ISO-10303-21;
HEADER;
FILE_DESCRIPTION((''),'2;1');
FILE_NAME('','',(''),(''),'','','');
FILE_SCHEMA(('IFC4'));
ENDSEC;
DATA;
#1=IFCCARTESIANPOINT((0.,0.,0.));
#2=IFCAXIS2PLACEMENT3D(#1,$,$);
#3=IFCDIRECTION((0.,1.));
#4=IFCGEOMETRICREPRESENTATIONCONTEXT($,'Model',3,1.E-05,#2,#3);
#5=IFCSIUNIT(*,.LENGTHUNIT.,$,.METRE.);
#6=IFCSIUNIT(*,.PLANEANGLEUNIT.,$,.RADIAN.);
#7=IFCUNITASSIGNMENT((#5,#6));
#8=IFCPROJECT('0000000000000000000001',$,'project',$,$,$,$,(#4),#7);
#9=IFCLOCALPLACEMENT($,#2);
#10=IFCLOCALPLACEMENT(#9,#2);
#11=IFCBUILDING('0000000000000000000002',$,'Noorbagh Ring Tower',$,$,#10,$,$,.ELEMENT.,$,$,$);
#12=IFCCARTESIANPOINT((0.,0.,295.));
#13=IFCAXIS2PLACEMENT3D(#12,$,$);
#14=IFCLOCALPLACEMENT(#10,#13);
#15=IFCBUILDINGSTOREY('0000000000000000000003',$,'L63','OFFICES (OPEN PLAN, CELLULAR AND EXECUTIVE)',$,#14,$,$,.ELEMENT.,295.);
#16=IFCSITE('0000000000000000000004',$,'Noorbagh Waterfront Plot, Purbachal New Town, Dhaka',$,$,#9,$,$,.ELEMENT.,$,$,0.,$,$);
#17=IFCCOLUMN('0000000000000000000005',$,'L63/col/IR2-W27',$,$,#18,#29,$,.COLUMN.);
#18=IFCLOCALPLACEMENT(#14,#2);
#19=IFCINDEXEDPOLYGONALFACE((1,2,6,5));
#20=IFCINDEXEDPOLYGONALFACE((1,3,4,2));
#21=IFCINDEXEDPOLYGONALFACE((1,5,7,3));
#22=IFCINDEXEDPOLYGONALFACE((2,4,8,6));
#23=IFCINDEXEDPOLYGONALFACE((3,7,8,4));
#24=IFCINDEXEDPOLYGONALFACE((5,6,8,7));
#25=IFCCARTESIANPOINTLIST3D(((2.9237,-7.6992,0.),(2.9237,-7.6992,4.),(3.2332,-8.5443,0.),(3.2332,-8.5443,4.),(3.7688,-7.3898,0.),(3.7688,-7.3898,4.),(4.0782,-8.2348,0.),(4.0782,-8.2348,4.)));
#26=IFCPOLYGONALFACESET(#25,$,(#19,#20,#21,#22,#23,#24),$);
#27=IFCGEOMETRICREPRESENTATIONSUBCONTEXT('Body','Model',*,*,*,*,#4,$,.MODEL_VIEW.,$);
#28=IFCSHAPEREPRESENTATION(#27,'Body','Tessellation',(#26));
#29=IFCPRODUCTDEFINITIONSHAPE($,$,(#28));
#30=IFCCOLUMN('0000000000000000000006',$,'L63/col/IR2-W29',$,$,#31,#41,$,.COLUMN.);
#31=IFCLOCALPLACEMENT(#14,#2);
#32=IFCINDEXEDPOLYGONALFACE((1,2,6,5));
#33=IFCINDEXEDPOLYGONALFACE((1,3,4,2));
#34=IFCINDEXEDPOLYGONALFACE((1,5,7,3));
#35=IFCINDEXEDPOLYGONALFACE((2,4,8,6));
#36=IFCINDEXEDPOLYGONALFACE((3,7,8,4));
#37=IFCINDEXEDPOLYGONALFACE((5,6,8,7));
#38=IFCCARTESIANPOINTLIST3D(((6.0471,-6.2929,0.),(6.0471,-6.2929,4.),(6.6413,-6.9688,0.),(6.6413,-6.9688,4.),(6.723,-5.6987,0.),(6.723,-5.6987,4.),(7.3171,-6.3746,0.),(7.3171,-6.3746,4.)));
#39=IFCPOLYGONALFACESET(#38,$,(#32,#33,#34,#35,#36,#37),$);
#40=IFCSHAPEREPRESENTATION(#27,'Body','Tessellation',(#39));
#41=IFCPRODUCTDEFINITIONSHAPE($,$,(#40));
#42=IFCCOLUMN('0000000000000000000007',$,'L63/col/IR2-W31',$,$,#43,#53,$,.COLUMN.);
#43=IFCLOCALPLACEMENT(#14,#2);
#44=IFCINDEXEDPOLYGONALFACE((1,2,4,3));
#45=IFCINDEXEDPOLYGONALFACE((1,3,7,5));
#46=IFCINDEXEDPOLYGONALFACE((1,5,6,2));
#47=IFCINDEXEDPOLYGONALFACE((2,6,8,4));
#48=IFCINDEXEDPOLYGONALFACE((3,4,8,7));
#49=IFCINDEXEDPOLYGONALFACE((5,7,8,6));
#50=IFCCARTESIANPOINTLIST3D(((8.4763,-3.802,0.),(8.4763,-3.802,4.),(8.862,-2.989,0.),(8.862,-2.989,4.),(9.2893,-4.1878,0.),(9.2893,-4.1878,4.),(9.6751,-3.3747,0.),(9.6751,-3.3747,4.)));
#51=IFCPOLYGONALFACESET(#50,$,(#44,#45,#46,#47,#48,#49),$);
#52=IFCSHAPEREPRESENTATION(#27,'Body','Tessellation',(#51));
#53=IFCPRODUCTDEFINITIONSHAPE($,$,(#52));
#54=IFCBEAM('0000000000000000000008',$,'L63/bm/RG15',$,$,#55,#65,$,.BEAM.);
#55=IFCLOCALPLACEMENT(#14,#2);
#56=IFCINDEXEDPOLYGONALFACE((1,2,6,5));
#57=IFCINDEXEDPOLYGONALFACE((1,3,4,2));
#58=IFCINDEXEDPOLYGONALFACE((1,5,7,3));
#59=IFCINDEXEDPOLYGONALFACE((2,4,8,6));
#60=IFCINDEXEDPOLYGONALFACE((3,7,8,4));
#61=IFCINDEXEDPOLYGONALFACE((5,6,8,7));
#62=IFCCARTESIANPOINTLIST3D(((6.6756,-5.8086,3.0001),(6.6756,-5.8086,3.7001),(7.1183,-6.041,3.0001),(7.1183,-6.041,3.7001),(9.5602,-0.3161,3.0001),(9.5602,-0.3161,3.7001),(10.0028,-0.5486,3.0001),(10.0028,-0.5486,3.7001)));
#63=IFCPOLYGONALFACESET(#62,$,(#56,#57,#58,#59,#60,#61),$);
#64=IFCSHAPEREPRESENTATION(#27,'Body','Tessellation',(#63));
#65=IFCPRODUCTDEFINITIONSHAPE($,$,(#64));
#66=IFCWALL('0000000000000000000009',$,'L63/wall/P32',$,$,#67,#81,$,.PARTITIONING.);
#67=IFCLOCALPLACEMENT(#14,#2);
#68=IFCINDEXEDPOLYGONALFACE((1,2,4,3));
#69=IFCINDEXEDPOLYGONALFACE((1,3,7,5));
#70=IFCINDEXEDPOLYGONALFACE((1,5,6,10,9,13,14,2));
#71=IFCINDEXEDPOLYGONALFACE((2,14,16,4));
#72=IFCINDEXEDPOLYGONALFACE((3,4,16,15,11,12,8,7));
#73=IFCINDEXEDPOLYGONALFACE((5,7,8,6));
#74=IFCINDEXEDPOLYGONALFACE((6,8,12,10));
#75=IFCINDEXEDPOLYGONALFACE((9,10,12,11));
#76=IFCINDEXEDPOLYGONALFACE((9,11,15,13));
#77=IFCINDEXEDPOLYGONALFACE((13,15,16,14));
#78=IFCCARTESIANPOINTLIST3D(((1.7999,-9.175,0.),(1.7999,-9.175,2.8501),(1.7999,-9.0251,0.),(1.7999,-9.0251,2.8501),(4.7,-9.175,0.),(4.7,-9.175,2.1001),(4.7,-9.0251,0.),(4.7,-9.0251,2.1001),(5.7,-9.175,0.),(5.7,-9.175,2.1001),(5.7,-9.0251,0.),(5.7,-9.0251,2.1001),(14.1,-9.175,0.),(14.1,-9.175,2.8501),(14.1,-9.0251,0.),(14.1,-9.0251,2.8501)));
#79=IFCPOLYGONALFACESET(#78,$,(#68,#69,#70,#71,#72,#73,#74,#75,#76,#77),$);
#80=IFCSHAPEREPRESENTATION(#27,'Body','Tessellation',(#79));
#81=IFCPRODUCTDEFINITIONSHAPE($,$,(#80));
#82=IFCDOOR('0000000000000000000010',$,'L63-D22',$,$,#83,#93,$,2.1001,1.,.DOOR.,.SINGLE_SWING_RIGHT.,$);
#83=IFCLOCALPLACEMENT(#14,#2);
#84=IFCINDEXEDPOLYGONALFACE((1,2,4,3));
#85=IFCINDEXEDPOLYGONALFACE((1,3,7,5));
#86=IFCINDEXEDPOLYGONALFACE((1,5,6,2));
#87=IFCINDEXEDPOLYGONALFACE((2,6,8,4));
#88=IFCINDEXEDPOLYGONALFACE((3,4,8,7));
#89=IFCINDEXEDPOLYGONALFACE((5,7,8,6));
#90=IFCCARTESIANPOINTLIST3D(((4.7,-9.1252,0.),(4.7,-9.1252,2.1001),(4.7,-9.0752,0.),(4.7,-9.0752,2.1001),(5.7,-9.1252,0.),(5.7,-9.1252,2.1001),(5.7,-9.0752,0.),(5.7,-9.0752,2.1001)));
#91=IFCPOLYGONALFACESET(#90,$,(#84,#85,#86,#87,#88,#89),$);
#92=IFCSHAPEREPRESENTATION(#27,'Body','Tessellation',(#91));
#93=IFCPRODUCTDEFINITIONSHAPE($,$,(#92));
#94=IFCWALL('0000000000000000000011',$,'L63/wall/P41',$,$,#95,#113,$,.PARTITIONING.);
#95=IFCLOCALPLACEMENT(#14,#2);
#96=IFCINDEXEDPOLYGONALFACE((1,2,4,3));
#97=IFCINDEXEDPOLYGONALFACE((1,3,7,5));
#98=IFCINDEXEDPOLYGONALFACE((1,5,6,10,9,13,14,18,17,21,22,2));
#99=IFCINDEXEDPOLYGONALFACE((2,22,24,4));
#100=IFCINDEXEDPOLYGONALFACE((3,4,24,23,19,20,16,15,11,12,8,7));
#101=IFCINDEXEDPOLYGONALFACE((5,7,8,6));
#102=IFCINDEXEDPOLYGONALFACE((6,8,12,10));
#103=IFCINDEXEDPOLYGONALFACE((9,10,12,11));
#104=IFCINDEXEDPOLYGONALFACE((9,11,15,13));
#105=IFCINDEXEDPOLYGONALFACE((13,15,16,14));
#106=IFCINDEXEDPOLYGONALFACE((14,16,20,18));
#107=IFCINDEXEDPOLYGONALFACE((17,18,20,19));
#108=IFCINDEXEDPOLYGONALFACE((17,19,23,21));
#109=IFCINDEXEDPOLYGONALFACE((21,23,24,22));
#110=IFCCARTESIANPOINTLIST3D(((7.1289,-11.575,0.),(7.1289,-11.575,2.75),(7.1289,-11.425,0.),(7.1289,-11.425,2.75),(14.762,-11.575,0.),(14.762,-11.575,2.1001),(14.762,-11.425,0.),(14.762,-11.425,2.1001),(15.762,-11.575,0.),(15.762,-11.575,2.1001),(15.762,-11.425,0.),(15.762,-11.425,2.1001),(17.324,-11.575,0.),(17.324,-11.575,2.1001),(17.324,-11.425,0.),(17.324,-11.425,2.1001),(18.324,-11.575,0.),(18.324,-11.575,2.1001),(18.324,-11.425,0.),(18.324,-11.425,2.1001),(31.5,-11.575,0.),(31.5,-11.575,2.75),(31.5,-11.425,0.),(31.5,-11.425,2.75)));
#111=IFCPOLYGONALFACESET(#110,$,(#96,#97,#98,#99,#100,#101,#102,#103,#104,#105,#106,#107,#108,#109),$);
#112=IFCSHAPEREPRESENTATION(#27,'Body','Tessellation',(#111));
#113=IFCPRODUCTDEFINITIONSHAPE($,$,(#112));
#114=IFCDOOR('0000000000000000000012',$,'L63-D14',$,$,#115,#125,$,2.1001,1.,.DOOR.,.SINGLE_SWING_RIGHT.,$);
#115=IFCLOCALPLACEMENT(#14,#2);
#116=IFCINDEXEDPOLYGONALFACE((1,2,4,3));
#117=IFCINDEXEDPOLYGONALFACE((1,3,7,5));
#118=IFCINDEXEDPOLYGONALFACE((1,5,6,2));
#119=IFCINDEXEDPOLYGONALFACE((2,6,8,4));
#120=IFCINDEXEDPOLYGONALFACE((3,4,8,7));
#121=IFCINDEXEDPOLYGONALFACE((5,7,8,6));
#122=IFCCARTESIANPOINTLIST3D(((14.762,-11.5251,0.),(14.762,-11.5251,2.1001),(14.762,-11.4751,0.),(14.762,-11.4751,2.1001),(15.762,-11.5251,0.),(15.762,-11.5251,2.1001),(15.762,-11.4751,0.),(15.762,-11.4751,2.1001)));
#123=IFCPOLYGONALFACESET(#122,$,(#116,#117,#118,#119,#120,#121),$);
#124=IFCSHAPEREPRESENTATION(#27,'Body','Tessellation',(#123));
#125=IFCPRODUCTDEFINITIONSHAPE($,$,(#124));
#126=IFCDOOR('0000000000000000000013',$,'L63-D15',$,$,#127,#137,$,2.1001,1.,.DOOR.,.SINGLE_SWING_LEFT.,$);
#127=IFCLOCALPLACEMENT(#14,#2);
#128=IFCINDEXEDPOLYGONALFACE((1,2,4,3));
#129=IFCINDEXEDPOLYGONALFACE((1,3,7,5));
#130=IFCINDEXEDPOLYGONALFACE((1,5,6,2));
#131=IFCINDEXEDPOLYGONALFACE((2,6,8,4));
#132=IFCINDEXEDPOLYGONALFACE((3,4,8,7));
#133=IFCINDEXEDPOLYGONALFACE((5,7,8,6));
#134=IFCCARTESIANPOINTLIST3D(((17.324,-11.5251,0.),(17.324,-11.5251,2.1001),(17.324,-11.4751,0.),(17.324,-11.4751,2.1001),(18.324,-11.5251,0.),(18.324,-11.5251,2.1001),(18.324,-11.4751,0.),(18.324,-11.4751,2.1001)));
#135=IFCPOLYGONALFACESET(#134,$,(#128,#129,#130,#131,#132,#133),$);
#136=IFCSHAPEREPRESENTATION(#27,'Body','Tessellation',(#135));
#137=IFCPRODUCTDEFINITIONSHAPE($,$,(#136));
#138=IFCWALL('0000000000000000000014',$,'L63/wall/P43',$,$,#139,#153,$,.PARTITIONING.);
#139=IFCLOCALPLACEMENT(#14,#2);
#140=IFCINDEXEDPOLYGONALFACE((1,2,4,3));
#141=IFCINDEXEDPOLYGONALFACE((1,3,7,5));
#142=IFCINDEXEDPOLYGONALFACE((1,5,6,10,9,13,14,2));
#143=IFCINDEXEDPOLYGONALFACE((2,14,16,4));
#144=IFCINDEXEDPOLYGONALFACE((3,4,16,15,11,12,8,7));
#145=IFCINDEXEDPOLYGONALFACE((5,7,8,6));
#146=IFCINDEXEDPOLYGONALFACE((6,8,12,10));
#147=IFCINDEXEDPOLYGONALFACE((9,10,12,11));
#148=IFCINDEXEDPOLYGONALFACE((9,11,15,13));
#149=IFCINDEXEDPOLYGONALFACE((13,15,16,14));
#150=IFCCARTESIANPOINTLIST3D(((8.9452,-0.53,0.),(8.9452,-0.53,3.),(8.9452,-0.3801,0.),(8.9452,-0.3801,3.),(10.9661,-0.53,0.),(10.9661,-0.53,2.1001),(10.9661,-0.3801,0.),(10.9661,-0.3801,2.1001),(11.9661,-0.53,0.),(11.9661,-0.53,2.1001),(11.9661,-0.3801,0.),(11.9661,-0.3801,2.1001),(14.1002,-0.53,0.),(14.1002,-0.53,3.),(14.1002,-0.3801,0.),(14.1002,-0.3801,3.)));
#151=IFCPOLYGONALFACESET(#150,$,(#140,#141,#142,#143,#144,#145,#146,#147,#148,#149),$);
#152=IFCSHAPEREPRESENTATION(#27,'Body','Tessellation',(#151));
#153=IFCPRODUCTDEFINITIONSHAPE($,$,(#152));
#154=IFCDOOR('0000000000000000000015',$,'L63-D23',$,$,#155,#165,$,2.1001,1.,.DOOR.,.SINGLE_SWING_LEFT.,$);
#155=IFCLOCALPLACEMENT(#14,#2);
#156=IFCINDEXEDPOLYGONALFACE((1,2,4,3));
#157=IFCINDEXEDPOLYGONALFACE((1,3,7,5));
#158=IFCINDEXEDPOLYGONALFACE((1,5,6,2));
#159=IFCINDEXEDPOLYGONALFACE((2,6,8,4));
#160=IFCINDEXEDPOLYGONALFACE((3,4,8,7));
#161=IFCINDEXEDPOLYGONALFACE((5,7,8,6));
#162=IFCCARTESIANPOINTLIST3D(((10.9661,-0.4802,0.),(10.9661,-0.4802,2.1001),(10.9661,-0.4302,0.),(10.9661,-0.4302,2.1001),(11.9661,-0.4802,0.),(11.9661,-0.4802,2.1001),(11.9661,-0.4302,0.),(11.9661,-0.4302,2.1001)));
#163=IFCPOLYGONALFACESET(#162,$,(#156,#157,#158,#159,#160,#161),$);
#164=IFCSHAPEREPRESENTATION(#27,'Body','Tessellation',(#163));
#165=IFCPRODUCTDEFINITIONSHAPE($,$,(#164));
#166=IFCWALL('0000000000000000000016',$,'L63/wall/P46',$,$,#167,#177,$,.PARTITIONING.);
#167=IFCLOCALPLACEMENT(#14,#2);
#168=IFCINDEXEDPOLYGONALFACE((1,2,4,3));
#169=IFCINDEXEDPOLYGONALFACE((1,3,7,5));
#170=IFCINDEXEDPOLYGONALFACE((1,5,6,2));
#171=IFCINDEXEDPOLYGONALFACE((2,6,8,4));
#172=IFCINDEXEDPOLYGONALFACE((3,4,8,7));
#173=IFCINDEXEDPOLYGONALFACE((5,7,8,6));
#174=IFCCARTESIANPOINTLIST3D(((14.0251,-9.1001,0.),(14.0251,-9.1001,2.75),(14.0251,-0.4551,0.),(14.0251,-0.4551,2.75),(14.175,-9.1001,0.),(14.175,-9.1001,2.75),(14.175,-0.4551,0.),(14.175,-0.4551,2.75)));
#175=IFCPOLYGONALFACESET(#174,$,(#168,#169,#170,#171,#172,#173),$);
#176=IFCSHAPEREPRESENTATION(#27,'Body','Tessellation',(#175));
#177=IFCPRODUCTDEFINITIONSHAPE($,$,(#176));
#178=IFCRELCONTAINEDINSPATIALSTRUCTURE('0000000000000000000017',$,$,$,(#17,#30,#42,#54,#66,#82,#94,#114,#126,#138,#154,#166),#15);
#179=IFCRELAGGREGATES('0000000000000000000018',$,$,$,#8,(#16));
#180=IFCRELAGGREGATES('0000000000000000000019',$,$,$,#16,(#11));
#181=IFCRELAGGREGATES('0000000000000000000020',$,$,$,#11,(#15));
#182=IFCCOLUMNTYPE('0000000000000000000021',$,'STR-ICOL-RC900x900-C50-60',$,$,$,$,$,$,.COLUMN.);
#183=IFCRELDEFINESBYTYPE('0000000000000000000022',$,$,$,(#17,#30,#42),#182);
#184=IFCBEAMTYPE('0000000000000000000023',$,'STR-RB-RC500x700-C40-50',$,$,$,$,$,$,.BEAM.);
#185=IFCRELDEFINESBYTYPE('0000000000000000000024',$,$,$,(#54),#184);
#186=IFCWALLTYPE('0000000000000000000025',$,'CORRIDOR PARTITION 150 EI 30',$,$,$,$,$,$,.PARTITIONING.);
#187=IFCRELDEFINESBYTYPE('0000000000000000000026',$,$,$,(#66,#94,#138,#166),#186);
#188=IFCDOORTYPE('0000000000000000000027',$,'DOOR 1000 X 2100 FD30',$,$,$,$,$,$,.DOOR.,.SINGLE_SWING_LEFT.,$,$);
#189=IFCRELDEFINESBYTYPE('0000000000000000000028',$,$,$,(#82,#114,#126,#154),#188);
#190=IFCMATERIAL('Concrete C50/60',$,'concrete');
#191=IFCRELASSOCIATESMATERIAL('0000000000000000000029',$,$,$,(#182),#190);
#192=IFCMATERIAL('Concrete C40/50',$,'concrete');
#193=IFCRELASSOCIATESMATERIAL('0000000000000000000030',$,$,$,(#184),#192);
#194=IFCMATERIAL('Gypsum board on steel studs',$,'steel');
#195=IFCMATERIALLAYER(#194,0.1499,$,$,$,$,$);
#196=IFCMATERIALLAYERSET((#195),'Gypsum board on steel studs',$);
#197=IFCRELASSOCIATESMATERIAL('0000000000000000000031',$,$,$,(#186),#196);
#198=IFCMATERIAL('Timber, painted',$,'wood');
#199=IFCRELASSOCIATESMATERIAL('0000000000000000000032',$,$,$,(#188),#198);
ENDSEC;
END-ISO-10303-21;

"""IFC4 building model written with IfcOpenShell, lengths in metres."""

from ifc_helpers import new_model, si_unit, direction, frame, frame_2d, origin, origin_2d, place, context, subcontext, project, spatial, rectangle, extrude, material, layer, layer_set, material_profile, profile_set, type_object, element, fill, save


model = new_model("IFC4")

# Units and contexts
model_context = context("Model", 3, precision=1e-05, world=origin(), true_north=direction((0.0, 1.0)))
body_context = subcontext(model_context, "Body", "Model", "MODEL_VIEW")
ifc_project = project(units=[si_unit("LENGTHUNIT", "METRE"), si_unit("PLANEANGLEUNIT", "RADIAN")], contexts=[model_context])

# Site, building, storey
site_placement = place(None, origin())
site = spatial("IfcSite", under=ifc_project, at=site_placement, Name="Noorbagh Waterfront Plot, Purbachal New Town, Dhaka", CompositionType="ELEMENT", RefElevation=0.0)
building_placement = place(site_placement, origin())
building = spatial("IfcBuilding", under=site, at=building_placement, Name="Noorbagh Ring Tower", CompositionType="ELEMENT")
storey_placement = place(building_placement, frame((0.0, 0.0, 295.0)))
storey = spatial("IfcBuildingStorey", under=building, at=storey_placement, Name="L63", Description="OFFICES (OPEN PLAN, CELLULAR AND EXECUTIVE)", CompositionType="ELEMENT", Elevation=295.0)

# Columns
ifc_material_1 = material(Name="Concrete C50/60", Category="concrete")
ifc_material_profile_1 = material_profile(ifc_material_1, rectangle(XDim=0.8999, YDim=0.8999, at=origin_2d()), Name="RC900x900")
ifc_profile_set_1 = profile_set([ifc_material_profile_1], Name="Concrete C50/60")
column_type = type_object("IfcColumnType", Name="STR-ICOL-RC900x900-C50-60", PredefinedType="COLUMN", material=ifc_profile_set_1)
for number, where, z_axis, x_axis, name in (
    (1, (3.501, -7.967, 0.0), (0.0, 0.0, 1.0), (0.93902, 0.343864, 0.0), "L63/col/IR2-W27"),
    (2, (6.6821, -6.3337, 0.0), (0.0, 0.0, 1.0), (0.751022, 0.660277, 0.0), "L63/col/IR2-W29"),
    (3, (9.0757, -3.5884, 0.0), (0.0, 0.0, 1.0), (0.428667, 0.903463, 0.0), "L63/col/IR2-W31"),
):
    element("IfcColumn", number, at=place(storey_placement, frame(where, z_axis=z_axis, x_axis=x_axis)), inside=storey, type_object=column_type, Name=name, PredefinedType="COLUMN", context=body_context, shape_type="SweptSolid", body=[
        extrude(rectangle(XDim=0.8999, YDim=0.8999, at=origin_2d()), origin(), (0.0, 0.0, 1.0), 4.0),
    ])

# Beam
ifc_material_2 = material(Name="Concrete C40/50", Category="concrete")
ifc_material_profile_2 = material_profile(ifc_material_2, rectangle(XDim=0.5, YDim=0.7, at=origin_2d()), Name="RC500x700")
ifc_profile_set_2 = profile_set([ifc_material_profile_2], Name="Concrete C40/50")
beam_type = type_object("IfcBeamType", Name="STR-RB-RC500x700-C40-50", PredefinedType="BEAM", material=ifc_profile_set_2)
beam_placement = place(storey_placement, frame((6.897, -5.9248, 3.3501), z_axis=(0.46496, 0.885332, 0.0), x_axis=(-0.885332, 0.46496, 0.0)))
element("IfcBeam", 4, at=beam_placement, inside=storey, type_object=beam_type, Name="L63/bm/RG15", PredefinedType="BEAM", context=body_context, shape_type="SweptSolid", body=[
    extrude(rectangle(XDim=0.5, YDim=0.7, at=origin_2d()), origin(), (0.0, 0.0, 1.0), 6.2039),
])

# Wall, opening, door
ifc_material_3 = material(Name="Gypsum board on steel studs", Category="steel")
ifc_layer_1 = layer(ifc_material_3, 0.1499)
ifc_layer_set_1 = layer_set([ifc_layer_1], Name="Gypsum board on steel studs")
wall_type_1 = type_object("IfcWallType", Name="CORRIDOR PARTITION 150 EI 30", PredefinedType="PARTITIONING", material=ifc_layer_set_1)
wall_1_placement = place(storey_placement, frame((1.8, -9.1001, 0.0), z_axis=(0.0, 0.0, 1.0), x_axis=(1.0, 0.0, 0.0)))
wall_1 = element("IfcWall", 5, at=wall_1_placement, inside=storey, type_object=wall_type_1, Name="L63/wall/P32", PredefinedType="PARTITIONING", context=body_context, shape_type="SweptSolid", body=[
    extrude(rectangle(XDim=12.3, YDim=0.1499, at=frame_2d((6.1499, 0.0))), origin(), (0.0, 0.0, 1.0), 2.8501),
])
opening_1_placement = place(wall_1_placement, frame((2.8999, 0.0, 0.0)))
opening_1 = element("IfcOpeningElement", 6, at=opening_1_placement, cuts=wall_1, PredefinedType="OPENING", context=body_context, shape_type="SweptSolid", body=[
    extrude(rectangle(XDim=1.0, YDim=2.1001, at=frame_2d((0.5, 1.05))), frame((0.0, 0.085, 0.0), z_axis=(0.0, -1.0, 0.0), x_axis=(1.0, 0.0, 0.0)), (0.0, 0.0, 1.0), 0.1699),
])
ifc_material_4 = material(Name="Timber, painted", Category="wood")
door_type = type_object("IfcDoorType", Name="DOOR 1000 X 2100 FD30", OperationType="SINGLE_SWING_LEFT", PredefinedType="DOOR", material=ifc_material_4)
door_1_placement = place(opening_1_placement, origin())
door_1 = element("IfcDoor", 7, at=door_1_placement, inside=storey, type_object=door_type, Name="L63-D22", OperationType="SINGLE_SWING_RIGHT", OverallHeight=2.1001, OverallWidth=1.0, PredefinedType="DOOR", context=body_context, shape_type="SweptSolid", body=[
    extrude(rectangle(XDim=1.0, YDim=2.1001, at=frame_2d((0.5, 1.05))), frame((0.0, 0.0249, 0.0), z_axis=(0.0, -1.0, 0.0), x_axis=(1.0, 0.0, 0.0)), (0.0, 0.0, 1.0), 0.05),
])
fill(opening_1, door_1)

# Wall, openings, doors
wall_2_placement = place(storey_placement, frame((7.1289, -11.5, 0.0), z_axis=(0.0, 0.0, 1.0), x_axis=(1.0, 0.0, 0.0)))
wall_2 = element("IfcWall", 8, at=wall_2_placement, inside=storey, type_object=wall_type_1, Name="L63/wall/P41", PredefinedType="PARTITIONING", context=body_context, shape_type="SweptSolid", body=[
    extrude(rectangle(XDim=24.3711, YDim=0.1499, at=frame_2d((12.1855, 0.0))), origin(), (0.0, 0.0, 1.0), 2.75),
])
opening_2_placement = place(wall_2_placement, frame((7.6331, 0.0, 0.0)))
opening_2 = element("IfcOpeningElement", 9, at=opening_2_placement, cuts=wall_2, PredefinedType="OPENING", context=body_context, shape_type="SweptSolid", body=[
    extrude(rectangle(XDim=1.0, YDim=2.1001, at=frame_2d((0.5, 1.05))), frame((0.0, 0.085, 0.0), z_axis=(0.0, -1.0, 0.0), x_axis=(1.0, 0.0, 0.0)), (0.0, 0.0, 1.0), 0.1699),
])
opening_3_placement = place(wall_2_placement, frame((10.1951, 0.0, 0.0)))
opening_3 = element("IfcOpeningElement", 10, at=opening_3_placement, cuts=wall_2, PredefinedType="OPENING", context=body_context, shape_type="SweptSolid", body=[
    extrude(rectangle(XDim=1.0, YDim=2.1001, at=frame_2d((0.5, 1.05))), frame((0.0, 0.085, 0.0), z_axis=(0.0, -1.0, 0.0), x_axis=(1.0, 0.0, 0.0)), (0.0, 0.0, 1.0), 0.1699),
])
door_2_placement = place(opening_2_placement, origin())
door_2 = element("IfcDoor", 11, at=door_2_placement, inside=storey, type_object=door_type, Name="L63-D14", OperationType="SINGLE_SWING_RIGHT", OverallHeight=2.1001, OverallWidth=1.0, PredefinedType="DOOR", context=body_context, shape_type="SweptSolid", body=[
    extrude(rectangle(XDim=1.0, YDim=2.1001, at=frame_2d((0.5, 1.05))), frame((0.0, 0.0249, 0.0), z_axis=(0.0, -1.0, 0.0), x_axis=(1.0, 0.0, 0.0)), (0.0, 0.0, 1.0), 0.05),
])
fill(opening_2, door_2)
door_3_placement = place(opening_3_placement, origin())
door_3 = element("IfcDoor", 12, at=door_3_placement, inside=storey, type_object=door_type, Name="L63-D15", OperationType="SINGLE_SWING_LEFT", OverallHeight=2.1001, OverallWidth=1.0, PredefinedType="DOOR", context=body_context, shape_type="SweptSolid", body=[
    extrude(rectangle(XDim=1.0, YDim=2.1001, at=frame_2d((0.5, 1.05))), frame((0.0, 0.0249, 0.0), z_axis=(0.0, -1.0, 0.0), x_axis=(1.0, 0.0, 0.0)), (0.0, 0.0, 1.0), 0.05),
])
fill(opening_3, door_3)

# Wall, opening, door
wall_3_placement = place(storey_placement, frame((8.9451, -0.4551, 0.0), z_axis=(0.0, 0.0, 1.0), x_axis=(1.0, 0.0, 0.0)))
wall_3 = element("IfcWall", 13, at=wall_3_placement, inside=storey, type_object=wall_type_1, Name="L63/wall/P43", PredefinedType="PARTITIONING", context=body_context, shape_type="SweptSolid", body=[
    extrude(rectangle(XDim=5.155, YDim=0.1499, at=frame_2d((2.5776, 0.0))), origin(), (0.0, 0.0, 1.0), 3.0),
])
opening_4_placement = place(wall_3_placement, frame((2.021, 0.0, 0.0)))
opening_4 = element("IfcOpeningElement", 14, at=opening_4_placement, cuts=wall_3, PredefinedType="OPENING", context=body_context, shape_type="SweptSolid", body=[
    extrude(rectangle(XDim=1.0, YDim=2.1001, at=frame_2d((0.5, 1.05))), frame((0.0, 0.085, 0.0), z_axis=(0.0, -1.0, 0.0), x_axis=(1.0, 0.0, 0.0)), (0.0, 0.0, 1.0), 0.1699),
])
door_4_placement = place(opening_4_placement, origin())
door_4 = element("IfcDoor", 15, at=door_4_placement, inside=storey, type_object=door_type, Name="L63-D23", OperationType="SINGLE_SWING_LEFT", OverallHeight=2.1001, OverallWidth=1.0, PredefinedType="DOOR", context=body_context, shape_type="SweptSolid", body=[
    extrude(rectangle(XDim=1.0, YDim=2.1001, at=frame_2d((0.5, 1.05))), frame((0.0, 0.0249, 0.0), z_axis=(0.0, -1.0, 0.0), x_axis=(1.0, 0.0, 0.0)), (0.0, 0.0, 1.0), 0.05),
])
fill(opening_4, door_4)

# Wall
wall_4_placement = place(storey_placement, frame((14.1001, -9.1001, 0.0), z_axis=(0.0, 0.0, 1.0), x_axis=(0.0, 1.0, 0.0)))
element("IfcWall", 16, at=wall_4_placement, inside=storey, type_object=wall_type_1, Name="L63/wall/P46", PredefinedType="PARTITIONING", context=body_context, shape_type="SweptSolid", body=[
    extrude(rectangle(XDim=8.645, YDim=0.1499, at=frame_2d((4.3225, 0.0))), origin(), (0.0, 0.0, 1.0), 2.75),
])

save(model, "model.ifc")
